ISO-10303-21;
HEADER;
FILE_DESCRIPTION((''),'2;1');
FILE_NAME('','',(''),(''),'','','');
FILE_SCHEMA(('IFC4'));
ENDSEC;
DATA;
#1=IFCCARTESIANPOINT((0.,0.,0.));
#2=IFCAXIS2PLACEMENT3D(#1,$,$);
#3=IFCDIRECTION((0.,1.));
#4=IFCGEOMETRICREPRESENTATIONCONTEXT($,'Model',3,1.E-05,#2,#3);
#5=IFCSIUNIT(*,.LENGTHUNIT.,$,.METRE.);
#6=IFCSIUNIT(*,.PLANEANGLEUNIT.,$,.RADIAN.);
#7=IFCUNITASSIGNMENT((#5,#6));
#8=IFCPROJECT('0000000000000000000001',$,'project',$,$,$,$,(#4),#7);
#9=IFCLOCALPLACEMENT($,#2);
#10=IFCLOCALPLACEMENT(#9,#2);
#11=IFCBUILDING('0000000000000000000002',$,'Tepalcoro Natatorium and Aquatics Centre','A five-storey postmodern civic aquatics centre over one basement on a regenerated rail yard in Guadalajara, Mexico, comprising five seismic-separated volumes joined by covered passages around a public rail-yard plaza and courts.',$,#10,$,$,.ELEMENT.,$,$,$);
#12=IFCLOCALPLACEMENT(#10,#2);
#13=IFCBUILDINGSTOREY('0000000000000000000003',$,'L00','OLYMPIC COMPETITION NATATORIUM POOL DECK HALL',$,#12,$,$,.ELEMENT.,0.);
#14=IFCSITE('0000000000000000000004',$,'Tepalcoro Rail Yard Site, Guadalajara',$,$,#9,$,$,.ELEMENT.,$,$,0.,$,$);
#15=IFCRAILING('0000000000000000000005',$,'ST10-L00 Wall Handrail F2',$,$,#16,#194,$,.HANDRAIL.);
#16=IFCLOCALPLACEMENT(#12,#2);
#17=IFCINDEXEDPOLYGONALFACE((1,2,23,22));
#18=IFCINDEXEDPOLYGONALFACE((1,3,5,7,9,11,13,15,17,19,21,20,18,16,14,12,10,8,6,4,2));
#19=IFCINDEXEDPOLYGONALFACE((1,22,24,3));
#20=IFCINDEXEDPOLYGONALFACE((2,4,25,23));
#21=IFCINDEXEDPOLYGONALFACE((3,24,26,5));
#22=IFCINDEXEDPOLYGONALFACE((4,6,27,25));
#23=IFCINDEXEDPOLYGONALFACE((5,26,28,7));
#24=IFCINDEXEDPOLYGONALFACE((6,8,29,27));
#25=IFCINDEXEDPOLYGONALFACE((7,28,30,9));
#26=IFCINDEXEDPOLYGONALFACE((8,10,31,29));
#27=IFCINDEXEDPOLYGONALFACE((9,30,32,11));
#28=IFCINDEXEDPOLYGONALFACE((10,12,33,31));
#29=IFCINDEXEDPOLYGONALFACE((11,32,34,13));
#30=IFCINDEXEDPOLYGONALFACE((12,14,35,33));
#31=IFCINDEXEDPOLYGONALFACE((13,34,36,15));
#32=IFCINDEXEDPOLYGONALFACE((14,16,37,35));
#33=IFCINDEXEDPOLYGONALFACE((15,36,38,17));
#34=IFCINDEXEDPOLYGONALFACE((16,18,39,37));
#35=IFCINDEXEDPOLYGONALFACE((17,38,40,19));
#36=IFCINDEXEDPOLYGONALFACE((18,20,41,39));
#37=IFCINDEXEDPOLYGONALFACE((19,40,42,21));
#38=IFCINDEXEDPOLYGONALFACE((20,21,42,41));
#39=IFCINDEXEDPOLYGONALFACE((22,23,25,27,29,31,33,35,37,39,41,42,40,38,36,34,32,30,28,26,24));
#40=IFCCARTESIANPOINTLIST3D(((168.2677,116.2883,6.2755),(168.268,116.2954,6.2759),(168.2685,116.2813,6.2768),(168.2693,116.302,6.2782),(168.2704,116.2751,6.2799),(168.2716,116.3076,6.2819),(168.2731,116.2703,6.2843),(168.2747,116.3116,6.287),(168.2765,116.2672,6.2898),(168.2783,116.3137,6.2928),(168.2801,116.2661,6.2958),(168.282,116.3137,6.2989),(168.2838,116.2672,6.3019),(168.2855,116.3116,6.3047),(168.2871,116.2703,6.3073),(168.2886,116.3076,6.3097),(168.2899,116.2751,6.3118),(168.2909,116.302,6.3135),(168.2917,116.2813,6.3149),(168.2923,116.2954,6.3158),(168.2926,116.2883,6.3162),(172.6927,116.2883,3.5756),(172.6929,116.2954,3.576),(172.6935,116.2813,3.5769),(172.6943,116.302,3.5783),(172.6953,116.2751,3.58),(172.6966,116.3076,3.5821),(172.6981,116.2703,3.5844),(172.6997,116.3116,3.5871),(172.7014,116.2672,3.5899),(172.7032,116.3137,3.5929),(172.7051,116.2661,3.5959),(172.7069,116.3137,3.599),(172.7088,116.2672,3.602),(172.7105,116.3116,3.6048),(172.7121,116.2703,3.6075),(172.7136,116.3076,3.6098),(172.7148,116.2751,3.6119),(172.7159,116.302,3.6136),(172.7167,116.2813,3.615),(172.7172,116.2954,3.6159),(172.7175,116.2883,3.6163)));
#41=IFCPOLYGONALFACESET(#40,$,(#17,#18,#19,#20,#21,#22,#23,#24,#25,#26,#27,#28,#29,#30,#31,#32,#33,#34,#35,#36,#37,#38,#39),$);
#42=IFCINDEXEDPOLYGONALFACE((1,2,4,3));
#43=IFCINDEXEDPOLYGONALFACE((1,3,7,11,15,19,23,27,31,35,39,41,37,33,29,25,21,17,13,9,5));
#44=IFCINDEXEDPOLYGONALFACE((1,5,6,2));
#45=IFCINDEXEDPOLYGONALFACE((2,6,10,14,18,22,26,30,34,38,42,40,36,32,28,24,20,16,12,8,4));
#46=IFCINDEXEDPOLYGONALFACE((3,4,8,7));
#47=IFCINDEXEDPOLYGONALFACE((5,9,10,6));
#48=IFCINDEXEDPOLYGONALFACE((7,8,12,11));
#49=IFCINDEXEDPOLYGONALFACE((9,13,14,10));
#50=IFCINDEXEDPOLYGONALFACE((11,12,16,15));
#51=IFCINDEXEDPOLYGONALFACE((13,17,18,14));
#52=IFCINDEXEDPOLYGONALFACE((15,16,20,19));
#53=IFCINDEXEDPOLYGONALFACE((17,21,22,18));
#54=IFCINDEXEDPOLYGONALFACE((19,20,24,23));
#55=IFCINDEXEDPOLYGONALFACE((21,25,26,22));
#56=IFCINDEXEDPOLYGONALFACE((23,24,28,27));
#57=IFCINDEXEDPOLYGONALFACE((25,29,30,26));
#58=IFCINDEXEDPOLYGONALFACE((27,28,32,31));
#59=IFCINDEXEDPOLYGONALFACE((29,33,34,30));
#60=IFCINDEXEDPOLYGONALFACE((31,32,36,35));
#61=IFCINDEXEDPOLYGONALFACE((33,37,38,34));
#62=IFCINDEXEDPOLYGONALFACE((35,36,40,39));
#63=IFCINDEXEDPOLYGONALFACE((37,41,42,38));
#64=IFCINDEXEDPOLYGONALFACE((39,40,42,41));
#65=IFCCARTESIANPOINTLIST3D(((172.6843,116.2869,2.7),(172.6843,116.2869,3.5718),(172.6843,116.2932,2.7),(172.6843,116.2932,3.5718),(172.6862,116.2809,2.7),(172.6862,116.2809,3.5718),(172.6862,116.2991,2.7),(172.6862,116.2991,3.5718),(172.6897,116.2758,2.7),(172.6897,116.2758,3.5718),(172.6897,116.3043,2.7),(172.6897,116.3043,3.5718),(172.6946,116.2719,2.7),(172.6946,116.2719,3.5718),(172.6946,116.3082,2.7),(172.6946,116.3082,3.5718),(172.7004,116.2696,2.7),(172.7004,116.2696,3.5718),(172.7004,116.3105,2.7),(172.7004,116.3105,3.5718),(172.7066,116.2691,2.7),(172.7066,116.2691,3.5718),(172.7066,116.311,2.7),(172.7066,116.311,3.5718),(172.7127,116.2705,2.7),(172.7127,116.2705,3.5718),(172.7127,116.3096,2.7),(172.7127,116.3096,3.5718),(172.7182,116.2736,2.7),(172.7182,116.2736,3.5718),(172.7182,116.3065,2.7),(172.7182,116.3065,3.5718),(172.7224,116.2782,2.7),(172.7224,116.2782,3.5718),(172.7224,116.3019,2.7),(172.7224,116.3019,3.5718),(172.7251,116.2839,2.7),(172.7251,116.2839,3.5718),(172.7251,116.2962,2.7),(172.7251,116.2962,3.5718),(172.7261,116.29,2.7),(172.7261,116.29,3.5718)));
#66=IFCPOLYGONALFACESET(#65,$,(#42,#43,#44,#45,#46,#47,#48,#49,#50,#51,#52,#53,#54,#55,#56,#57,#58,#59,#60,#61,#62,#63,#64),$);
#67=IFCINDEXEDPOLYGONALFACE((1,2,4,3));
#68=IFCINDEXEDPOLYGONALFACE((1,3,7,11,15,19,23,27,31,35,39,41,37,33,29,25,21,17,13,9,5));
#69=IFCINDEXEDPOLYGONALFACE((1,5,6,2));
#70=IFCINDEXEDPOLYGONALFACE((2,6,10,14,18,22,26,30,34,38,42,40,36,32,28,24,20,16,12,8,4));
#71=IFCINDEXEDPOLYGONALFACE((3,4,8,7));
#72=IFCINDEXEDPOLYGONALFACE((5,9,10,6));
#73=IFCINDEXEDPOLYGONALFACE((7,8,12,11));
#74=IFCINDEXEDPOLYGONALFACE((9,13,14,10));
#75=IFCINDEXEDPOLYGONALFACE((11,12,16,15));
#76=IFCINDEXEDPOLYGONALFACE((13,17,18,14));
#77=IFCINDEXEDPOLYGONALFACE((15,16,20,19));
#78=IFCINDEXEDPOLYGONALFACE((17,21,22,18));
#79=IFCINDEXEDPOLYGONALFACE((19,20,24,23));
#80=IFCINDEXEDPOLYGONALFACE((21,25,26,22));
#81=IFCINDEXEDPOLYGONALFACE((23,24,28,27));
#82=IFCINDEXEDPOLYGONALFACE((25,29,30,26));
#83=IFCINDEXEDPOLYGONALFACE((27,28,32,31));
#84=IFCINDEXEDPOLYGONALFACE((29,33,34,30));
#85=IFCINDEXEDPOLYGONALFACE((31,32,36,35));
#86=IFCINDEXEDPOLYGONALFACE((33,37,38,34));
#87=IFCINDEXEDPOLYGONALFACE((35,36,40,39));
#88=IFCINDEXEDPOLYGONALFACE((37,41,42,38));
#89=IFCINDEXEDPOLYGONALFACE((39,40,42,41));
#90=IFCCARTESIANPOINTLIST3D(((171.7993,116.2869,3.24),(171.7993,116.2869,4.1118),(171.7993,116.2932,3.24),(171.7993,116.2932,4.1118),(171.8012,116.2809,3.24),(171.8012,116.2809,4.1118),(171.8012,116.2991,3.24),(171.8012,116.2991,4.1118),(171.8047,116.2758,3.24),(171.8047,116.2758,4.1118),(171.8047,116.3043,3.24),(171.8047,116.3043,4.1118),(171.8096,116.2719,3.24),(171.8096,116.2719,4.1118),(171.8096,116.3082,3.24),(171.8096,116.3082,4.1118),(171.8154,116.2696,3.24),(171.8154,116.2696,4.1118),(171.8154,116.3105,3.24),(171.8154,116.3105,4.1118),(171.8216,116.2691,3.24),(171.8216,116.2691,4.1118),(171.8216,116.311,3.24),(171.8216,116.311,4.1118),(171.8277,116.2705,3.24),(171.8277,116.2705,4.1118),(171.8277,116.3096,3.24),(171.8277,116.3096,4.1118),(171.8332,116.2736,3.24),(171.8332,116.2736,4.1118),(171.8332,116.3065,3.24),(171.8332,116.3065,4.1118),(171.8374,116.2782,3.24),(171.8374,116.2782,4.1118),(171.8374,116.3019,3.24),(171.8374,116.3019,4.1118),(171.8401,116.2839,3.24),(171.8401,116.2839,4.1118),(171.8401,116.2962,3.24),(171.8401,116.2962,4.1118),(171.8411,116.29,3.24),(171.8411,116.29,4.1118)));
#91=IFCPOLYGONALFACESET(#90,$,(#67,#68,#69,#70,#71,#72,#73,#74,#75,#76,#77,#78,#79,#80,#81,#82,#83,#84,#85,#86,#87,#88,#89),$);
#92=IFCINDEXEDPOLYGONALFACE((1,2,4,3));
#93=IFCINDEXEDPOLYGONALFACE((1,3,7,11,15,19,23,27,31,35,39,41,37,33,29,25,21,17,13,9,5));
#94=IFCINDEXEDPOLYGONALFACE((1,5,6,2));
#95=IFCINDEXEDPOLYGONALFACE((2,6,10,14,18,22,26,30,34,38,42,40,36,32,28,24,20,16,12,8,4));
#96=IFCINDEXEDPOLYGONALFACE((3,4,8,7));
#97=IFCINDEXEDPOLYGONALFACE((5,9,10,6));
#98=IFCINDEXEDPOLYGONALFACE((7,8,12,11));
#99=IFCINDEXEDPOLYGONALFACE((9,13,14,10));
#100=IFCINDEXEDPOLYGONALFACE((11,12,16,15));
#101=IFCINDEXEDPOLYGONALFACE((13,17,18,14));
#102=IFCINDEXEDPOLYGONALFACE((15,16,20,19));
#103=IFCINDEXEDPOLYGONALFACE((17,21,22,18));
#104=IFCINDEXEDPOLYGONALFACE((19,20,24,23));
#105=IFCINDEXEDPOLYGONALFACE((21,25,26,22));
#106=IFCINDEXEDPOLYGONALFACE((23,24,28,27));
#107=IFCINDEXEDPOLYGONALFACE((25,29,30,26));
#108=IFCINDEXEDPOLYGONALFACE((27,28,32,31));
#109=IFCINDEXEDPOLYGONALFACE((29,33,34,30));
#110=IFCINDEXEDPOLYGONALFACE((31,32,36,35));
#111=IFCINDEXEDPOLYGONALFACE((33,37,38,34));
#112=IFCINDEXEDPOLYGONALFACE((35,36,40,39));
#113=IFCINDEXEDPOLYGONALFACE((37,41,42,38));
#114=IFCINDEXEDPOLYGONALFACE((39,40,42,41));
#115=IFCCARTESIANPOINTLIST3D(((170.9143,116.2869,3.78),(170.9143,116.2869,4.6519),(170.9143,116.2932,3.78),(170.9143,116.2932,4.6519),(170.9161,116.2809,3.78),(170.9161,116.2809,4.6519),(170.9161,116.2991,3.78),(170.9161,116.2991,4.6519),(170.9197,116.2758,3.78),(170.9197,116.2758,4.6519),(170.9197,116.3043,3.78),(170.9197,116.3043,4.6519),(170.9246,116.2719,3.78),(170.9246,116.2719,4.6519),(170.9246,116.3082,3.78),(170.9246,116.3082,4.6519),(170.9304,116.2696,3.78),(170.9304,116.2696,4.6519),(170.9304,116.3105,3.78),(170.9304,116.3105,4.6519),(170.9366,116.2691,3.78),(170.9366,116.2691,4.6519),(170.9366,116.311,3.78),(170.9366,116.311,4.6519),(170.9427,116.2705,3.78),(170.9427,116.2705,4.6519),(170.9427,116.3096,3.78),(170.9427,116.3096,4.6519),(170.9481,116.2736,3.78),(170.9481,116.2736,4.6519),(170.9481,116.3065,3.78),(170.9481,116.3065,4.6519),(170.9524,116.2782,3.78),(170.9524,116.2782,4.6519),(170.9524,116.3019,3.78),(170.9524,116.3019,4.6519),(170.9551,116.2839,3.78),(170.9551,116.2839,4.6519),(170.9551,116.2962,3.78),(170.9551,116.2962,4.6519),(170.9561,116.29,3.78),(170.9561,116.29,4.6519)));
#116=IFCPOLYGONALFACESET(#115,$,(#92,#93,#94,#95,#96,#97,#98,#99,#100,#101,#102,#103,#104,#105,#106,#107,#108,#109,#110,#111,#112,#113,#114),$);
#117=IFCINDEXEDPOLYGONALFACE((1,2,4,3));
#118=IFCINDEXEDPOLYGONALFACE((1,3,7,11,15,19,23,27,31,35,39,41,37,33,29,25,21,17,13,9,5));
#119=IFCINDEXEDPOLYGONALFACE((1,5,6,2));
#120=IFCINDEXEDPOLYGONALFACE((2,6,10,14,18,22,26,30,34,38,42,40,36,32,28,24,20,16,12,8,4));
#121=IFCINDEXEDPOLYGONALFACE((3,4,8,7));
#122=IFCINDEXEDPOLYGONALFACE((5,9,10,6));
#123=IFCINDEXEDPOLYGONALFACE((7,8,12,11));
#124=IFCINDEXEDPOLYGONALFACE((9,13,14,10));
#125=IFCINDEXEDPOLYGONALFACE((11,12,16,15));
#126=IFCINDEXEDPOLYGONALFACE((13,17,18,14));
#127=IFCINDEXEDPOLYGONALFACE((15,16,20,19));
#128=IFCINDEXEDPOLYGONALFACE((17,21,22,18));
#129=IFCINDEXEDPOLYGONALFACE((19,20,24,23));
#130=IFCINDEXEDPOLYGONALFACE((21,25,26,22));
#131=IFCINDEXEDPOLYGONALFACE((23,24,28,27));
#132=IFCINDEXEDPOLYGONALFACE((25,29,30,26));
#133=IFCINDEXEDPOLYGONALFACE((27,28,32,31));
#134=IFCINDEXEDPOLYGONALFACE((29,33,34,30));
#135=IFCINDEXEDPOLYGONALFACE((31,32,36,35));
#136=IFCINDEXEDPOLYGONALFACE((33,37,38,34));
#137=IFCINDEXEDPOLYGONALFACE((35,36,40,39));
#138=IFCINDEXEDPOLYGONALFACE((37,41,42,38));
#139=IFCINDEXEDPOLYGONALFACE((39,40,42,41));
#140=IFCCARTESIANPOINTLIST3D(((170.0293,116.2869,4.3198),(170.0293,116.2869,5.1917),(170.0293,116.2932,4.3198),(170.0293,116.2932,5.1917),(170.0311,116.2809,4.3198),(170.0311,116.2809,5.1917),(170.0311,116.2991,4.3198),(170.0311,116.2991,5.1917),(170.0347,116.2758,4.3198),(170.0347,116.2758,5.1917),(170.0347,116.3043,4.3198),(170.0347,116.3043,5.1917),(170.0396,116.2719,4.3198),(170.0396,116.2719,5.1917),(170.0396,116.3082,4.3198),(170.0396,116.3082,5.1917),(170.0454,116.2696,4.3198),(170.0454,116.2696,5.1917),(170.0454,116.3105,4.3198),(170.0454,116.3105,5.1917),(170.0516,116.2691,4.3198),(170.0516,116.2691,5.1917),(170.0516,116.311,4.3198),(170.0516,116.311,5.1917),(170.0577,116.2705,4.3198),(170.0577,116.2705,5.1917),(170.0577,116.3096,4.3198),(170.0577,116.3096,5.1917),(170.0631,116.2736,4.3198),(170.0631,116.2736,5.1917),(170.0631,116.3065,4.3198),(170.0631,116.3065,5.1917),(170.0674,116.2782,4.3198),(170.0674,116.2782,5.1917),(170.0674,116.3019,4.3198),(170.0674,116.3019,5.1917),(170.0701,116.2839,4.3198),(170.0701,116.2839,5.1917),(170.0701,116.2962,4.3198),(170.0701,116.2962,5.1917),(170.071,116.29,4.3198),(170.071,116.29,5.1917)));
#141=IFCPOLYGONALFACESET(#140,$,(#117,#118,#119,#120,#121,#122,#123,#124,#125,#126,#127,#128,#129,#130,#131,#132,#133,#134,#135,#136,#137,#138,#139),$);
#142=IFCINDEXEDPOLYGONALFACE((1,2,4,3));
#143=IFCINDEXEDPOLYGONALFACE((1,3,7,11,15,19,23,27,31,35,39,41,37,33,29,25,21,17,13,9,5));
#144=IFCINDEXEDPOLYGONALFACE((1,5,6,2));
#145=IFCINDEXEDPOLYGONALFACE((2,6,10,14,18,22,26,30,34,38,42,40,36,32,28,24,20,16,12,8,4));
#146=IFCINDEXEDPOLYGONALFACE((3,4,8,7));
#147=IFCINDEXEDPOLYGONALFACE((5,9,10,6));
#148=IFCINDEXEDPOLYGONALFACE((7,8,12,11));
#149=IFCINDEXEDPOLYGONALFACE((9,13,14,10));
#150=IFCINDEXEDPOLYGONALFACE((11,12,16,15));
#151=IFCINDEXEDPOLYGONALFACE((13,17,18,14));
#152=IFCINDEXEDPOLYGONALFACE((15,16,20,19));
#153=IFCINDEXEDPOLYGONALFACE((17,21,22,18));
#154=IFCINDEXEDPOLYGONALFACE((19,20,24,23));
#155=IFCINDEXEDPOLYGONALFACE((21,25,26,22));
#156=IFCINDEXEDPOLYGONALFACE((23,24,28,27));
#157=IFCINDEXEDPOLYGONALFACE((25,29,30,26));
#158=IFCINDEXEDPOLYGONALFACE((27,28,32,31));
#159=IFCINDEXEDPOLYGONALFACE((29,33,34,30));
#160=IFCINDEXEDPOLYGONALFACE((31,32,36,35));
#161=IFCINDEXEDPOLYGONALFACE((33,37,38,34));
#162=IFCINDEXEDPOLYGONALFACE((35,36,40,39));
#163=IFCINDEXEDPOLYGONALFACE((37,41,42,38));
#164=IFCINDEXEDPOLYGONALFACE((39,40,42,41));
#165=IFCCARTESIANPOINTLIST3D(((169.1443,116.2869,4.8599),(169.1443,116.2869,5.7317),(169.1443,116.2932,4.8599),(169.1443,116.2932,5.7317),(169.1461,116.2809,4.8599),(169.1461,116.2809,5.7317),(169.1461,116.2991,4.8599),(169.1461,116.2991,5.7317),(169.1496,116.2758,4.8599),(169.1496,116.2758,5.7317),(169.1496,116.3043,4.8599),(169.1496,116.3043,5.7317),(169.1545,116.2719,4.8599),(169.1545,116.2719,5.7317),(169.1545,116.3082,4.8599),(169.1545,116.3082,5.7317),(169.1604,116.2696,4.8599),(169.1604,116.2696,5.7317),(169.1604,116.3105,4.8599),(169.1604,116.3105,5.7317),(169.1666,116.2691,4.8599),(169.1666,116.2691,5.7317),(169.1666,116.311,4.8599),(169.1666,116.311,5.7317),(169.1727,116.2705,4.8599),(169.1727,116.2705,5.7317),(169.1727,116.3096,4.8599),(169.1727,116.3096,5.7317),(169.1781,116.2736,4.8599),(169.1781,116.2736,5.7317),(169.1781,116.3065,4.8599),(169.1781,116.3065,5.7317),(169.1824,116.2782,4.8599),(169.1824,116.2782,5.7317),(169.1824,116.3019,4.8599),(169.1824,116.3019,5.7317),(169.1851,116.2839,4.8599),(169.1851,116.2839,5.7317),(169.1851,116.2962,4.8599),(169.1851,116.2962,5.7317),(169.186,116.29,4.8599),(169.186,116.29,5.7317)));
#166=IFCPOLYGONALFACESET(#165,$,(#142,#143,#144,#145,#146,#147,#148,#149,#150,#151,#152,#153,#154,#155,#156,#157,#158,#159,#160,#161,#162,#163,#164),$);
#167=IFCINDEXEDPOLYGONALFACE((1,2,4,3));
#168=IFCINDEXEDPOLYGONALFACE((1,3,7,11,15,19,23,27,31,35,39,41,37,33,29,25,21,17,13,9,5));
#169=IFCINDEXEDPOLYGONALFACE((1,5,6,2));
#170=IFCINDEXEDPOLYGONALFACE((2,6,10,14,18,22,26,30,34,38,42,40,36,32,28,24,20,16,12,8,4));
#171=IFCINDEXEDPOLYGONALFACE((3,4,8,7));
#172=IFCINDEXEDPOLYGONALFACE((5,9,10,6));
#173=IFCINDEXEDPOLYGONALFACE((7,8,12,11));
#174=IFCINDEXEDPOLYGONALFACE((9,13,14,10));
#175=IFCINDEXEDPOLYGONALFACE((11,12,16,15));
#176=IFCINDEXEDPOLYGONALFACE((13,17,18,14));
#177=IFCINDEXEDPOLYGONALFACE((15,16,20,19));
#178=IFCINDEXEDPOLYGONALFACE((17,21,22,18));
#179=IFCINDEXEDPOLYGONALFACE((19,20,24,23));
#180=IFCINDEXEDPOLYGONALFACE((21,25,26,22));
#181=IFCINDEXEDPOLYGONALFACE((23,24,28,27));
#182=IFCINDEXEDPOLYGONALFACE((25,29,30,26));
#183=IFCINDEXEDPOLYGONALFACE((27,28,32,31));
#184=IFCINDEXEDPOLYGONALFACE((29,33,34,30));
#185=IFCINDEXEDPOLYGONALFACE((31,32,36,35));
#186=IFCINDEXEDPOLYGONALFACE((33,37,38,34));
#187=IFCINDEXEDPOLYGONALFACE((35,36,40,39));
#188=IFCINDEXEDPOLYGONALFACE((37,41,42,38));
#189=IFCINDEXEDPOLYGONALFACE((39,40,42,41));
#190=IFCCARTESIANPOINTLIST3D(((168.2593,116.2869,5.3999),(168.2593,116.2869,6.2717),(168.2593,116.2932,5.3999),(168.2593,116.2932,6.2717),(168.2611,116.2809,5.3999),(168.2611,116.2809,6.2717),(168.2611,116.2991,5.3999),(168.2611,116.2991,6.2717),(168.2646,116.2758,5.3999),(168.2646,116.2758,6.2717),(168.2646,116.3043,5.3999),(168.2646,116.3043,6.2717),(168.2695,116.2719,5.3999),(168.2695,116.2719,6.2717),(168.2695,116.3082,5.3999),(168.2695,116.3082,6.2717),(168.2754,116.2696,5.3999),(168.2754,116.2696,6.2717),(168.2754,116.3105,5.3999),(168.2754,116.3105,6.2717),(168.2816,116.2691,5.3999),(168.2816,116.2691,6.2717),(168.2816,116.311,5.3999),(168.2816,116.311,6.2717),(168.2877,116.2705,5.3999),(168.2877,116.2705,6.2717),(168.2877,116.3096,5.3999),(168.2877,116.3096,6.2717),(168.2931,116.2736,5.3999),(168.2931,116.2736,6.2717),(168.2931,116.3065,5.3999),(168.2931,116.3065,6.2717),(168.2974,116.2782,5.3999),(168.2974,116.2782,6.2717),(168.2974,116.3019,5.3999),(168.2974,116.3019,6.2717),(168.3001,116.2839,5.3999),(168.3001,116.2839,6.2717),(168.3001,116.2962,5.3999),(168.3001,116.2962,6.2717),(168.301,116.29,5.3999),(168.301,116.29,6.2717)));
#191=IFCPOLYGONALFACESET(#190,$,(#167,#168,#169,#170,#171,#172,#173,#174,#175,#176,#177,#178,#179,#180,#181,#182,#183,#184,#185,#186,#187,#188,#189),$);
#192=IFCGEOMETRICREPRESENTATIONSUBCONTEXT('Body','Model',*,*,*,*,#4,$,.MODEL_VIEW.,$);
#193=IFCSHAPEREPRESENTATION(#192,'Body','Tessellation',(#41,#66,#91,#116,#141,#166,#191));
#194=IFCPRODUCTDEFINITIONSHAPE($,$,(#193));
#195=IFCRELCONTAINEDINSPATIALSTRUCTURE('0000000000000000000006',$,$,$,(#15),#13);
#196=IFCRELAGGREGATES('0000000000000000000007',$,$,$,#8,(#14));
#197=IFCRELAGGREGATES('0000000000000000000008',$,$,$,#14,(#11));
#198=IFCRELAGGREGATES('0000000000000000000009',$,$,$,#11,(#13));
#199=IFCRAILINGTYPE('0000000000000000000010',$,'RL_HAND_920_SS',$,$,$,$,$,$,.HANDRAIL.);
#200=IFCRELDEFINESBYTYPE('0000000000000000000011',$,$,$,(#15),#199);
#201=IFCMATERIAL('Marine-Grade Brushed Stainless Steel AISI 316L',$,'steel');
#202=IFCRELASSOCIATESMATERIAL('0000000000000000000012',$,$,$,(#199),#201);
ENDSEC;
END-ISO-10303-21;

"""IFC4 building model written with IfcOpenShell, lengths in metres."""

from ifc_helpers import new_model, si_unit, direction, frame, origin, origin_2d, place, context, subcontext, project, spatial, circle, extrude, material, type_object, element, save


model = new_model("IFC4")

# Units and contexts
model_context = context("Model", 3, precision=1e-05, world=origin(), true_north=direction((0.0, 1.0)))
body_context = subcontext(model_context, "Body", "Model", "MODEL_VIEW")
ifc_project = project(units=[si_unit("LENGTHUNIT", "METRE"), si_unit("PLANEANGLEUNIT", "RADIAN")], contexts=[model_context])

# Site, building, storey
site_placement = place(None, origin())
site = spatial("IfcSite", under=ifc_project, at=site_placement, Name="Tepalcoro Rail Yard Site, Guadalajara", CompositionType="ELEMENT", RefElevation=0.0)
building_placement = place(site_placement, origin())
building = spatial("IfcBuilding", under=site, at=building_placement, Name="Tepalcoro Natatorium and Aquatics Centre", Description="A five-storey postmodern civic aquatics centre over one basement on a regenerated rail yard in Guadalajara, Mexico, comprising five seismic-separated volumes joined by covered passages around a public rail-yard plaza and courts.", CompositionType="ELEMENT")
storey_placement = place(building_placement, origin())
storey = spatial("IfcBuildingStorey", under=building, at=storey_placement, Name="L00", Description="OLYMPIC COMPETITION NATATORIUM POOL DECK HALL", CompositionType="ELEMENT", Elevation=0.0)

# Railing
ifc_material_1 = material(Name="Marine-Grade Brushed Stainless Steel AISI 316L", Category="steel")
railing_type_1 = type_object("IfcRailingType", Name="RL_HAND_920_SS", PredefinedType="HANDRAIL", material=ifc_material_1)
railing_1_placement = place(storey_placement, frame((172.7051, 116.29, 2.7)))
element("IfcRailing", 1, at=railing_1_placement, inside=storey, type_object=railing_type_1, Name="ST10-L00 Wall Handrail F2", PredefinedType="HANDRAIL", context=body_context, shape_type="SweptSolid", body=[
    extrude(circle(Radius=0.0239, at=origin_2d()), frame((0.0, 0.0, 0.896), z_axis=(-0.853646, 0.0, 0.520854), x_axis=(0.0, -1.0, 0.0)), (0.0, 0.0, 1.0), 5.1836),
    extrude(circle(Radius=0.021, at=origin_2d()), origin(), (0.0, 0.0, 1.0), 0.8718),
    extrude(circle(Radius=0.021, at=origin_2d()), frame((-0.885, 0.0, 0.54)), (0.0, 0.0, 1.0), 0.8718),
    extrude(circle(Radius=0.021, at=origin_2d()), frame((-1.77, 0.0, 1.0801)), (0.0, 0.0, 1.0), 0.8718),
    extrude(circle(Radius=0.021, at=origin_2d()), frame((-2.655, 0.0, 1.6199)), (0.0, 0.0, 1.0), 0.8718),
    extrude(circle(Radius=0.021, at=origin_2d()), frame((-3.54, 0.0, 2.1599)), (0.0, 0.0, 1.0), 0.8718),
    extrude(circle(Radius=0.021, at=origin_2d()), frame((-4.425, 0.0, 2.7)), (0.0, 0.0, 1.0), 0.8718),
])

save(model, "model.ifc")
